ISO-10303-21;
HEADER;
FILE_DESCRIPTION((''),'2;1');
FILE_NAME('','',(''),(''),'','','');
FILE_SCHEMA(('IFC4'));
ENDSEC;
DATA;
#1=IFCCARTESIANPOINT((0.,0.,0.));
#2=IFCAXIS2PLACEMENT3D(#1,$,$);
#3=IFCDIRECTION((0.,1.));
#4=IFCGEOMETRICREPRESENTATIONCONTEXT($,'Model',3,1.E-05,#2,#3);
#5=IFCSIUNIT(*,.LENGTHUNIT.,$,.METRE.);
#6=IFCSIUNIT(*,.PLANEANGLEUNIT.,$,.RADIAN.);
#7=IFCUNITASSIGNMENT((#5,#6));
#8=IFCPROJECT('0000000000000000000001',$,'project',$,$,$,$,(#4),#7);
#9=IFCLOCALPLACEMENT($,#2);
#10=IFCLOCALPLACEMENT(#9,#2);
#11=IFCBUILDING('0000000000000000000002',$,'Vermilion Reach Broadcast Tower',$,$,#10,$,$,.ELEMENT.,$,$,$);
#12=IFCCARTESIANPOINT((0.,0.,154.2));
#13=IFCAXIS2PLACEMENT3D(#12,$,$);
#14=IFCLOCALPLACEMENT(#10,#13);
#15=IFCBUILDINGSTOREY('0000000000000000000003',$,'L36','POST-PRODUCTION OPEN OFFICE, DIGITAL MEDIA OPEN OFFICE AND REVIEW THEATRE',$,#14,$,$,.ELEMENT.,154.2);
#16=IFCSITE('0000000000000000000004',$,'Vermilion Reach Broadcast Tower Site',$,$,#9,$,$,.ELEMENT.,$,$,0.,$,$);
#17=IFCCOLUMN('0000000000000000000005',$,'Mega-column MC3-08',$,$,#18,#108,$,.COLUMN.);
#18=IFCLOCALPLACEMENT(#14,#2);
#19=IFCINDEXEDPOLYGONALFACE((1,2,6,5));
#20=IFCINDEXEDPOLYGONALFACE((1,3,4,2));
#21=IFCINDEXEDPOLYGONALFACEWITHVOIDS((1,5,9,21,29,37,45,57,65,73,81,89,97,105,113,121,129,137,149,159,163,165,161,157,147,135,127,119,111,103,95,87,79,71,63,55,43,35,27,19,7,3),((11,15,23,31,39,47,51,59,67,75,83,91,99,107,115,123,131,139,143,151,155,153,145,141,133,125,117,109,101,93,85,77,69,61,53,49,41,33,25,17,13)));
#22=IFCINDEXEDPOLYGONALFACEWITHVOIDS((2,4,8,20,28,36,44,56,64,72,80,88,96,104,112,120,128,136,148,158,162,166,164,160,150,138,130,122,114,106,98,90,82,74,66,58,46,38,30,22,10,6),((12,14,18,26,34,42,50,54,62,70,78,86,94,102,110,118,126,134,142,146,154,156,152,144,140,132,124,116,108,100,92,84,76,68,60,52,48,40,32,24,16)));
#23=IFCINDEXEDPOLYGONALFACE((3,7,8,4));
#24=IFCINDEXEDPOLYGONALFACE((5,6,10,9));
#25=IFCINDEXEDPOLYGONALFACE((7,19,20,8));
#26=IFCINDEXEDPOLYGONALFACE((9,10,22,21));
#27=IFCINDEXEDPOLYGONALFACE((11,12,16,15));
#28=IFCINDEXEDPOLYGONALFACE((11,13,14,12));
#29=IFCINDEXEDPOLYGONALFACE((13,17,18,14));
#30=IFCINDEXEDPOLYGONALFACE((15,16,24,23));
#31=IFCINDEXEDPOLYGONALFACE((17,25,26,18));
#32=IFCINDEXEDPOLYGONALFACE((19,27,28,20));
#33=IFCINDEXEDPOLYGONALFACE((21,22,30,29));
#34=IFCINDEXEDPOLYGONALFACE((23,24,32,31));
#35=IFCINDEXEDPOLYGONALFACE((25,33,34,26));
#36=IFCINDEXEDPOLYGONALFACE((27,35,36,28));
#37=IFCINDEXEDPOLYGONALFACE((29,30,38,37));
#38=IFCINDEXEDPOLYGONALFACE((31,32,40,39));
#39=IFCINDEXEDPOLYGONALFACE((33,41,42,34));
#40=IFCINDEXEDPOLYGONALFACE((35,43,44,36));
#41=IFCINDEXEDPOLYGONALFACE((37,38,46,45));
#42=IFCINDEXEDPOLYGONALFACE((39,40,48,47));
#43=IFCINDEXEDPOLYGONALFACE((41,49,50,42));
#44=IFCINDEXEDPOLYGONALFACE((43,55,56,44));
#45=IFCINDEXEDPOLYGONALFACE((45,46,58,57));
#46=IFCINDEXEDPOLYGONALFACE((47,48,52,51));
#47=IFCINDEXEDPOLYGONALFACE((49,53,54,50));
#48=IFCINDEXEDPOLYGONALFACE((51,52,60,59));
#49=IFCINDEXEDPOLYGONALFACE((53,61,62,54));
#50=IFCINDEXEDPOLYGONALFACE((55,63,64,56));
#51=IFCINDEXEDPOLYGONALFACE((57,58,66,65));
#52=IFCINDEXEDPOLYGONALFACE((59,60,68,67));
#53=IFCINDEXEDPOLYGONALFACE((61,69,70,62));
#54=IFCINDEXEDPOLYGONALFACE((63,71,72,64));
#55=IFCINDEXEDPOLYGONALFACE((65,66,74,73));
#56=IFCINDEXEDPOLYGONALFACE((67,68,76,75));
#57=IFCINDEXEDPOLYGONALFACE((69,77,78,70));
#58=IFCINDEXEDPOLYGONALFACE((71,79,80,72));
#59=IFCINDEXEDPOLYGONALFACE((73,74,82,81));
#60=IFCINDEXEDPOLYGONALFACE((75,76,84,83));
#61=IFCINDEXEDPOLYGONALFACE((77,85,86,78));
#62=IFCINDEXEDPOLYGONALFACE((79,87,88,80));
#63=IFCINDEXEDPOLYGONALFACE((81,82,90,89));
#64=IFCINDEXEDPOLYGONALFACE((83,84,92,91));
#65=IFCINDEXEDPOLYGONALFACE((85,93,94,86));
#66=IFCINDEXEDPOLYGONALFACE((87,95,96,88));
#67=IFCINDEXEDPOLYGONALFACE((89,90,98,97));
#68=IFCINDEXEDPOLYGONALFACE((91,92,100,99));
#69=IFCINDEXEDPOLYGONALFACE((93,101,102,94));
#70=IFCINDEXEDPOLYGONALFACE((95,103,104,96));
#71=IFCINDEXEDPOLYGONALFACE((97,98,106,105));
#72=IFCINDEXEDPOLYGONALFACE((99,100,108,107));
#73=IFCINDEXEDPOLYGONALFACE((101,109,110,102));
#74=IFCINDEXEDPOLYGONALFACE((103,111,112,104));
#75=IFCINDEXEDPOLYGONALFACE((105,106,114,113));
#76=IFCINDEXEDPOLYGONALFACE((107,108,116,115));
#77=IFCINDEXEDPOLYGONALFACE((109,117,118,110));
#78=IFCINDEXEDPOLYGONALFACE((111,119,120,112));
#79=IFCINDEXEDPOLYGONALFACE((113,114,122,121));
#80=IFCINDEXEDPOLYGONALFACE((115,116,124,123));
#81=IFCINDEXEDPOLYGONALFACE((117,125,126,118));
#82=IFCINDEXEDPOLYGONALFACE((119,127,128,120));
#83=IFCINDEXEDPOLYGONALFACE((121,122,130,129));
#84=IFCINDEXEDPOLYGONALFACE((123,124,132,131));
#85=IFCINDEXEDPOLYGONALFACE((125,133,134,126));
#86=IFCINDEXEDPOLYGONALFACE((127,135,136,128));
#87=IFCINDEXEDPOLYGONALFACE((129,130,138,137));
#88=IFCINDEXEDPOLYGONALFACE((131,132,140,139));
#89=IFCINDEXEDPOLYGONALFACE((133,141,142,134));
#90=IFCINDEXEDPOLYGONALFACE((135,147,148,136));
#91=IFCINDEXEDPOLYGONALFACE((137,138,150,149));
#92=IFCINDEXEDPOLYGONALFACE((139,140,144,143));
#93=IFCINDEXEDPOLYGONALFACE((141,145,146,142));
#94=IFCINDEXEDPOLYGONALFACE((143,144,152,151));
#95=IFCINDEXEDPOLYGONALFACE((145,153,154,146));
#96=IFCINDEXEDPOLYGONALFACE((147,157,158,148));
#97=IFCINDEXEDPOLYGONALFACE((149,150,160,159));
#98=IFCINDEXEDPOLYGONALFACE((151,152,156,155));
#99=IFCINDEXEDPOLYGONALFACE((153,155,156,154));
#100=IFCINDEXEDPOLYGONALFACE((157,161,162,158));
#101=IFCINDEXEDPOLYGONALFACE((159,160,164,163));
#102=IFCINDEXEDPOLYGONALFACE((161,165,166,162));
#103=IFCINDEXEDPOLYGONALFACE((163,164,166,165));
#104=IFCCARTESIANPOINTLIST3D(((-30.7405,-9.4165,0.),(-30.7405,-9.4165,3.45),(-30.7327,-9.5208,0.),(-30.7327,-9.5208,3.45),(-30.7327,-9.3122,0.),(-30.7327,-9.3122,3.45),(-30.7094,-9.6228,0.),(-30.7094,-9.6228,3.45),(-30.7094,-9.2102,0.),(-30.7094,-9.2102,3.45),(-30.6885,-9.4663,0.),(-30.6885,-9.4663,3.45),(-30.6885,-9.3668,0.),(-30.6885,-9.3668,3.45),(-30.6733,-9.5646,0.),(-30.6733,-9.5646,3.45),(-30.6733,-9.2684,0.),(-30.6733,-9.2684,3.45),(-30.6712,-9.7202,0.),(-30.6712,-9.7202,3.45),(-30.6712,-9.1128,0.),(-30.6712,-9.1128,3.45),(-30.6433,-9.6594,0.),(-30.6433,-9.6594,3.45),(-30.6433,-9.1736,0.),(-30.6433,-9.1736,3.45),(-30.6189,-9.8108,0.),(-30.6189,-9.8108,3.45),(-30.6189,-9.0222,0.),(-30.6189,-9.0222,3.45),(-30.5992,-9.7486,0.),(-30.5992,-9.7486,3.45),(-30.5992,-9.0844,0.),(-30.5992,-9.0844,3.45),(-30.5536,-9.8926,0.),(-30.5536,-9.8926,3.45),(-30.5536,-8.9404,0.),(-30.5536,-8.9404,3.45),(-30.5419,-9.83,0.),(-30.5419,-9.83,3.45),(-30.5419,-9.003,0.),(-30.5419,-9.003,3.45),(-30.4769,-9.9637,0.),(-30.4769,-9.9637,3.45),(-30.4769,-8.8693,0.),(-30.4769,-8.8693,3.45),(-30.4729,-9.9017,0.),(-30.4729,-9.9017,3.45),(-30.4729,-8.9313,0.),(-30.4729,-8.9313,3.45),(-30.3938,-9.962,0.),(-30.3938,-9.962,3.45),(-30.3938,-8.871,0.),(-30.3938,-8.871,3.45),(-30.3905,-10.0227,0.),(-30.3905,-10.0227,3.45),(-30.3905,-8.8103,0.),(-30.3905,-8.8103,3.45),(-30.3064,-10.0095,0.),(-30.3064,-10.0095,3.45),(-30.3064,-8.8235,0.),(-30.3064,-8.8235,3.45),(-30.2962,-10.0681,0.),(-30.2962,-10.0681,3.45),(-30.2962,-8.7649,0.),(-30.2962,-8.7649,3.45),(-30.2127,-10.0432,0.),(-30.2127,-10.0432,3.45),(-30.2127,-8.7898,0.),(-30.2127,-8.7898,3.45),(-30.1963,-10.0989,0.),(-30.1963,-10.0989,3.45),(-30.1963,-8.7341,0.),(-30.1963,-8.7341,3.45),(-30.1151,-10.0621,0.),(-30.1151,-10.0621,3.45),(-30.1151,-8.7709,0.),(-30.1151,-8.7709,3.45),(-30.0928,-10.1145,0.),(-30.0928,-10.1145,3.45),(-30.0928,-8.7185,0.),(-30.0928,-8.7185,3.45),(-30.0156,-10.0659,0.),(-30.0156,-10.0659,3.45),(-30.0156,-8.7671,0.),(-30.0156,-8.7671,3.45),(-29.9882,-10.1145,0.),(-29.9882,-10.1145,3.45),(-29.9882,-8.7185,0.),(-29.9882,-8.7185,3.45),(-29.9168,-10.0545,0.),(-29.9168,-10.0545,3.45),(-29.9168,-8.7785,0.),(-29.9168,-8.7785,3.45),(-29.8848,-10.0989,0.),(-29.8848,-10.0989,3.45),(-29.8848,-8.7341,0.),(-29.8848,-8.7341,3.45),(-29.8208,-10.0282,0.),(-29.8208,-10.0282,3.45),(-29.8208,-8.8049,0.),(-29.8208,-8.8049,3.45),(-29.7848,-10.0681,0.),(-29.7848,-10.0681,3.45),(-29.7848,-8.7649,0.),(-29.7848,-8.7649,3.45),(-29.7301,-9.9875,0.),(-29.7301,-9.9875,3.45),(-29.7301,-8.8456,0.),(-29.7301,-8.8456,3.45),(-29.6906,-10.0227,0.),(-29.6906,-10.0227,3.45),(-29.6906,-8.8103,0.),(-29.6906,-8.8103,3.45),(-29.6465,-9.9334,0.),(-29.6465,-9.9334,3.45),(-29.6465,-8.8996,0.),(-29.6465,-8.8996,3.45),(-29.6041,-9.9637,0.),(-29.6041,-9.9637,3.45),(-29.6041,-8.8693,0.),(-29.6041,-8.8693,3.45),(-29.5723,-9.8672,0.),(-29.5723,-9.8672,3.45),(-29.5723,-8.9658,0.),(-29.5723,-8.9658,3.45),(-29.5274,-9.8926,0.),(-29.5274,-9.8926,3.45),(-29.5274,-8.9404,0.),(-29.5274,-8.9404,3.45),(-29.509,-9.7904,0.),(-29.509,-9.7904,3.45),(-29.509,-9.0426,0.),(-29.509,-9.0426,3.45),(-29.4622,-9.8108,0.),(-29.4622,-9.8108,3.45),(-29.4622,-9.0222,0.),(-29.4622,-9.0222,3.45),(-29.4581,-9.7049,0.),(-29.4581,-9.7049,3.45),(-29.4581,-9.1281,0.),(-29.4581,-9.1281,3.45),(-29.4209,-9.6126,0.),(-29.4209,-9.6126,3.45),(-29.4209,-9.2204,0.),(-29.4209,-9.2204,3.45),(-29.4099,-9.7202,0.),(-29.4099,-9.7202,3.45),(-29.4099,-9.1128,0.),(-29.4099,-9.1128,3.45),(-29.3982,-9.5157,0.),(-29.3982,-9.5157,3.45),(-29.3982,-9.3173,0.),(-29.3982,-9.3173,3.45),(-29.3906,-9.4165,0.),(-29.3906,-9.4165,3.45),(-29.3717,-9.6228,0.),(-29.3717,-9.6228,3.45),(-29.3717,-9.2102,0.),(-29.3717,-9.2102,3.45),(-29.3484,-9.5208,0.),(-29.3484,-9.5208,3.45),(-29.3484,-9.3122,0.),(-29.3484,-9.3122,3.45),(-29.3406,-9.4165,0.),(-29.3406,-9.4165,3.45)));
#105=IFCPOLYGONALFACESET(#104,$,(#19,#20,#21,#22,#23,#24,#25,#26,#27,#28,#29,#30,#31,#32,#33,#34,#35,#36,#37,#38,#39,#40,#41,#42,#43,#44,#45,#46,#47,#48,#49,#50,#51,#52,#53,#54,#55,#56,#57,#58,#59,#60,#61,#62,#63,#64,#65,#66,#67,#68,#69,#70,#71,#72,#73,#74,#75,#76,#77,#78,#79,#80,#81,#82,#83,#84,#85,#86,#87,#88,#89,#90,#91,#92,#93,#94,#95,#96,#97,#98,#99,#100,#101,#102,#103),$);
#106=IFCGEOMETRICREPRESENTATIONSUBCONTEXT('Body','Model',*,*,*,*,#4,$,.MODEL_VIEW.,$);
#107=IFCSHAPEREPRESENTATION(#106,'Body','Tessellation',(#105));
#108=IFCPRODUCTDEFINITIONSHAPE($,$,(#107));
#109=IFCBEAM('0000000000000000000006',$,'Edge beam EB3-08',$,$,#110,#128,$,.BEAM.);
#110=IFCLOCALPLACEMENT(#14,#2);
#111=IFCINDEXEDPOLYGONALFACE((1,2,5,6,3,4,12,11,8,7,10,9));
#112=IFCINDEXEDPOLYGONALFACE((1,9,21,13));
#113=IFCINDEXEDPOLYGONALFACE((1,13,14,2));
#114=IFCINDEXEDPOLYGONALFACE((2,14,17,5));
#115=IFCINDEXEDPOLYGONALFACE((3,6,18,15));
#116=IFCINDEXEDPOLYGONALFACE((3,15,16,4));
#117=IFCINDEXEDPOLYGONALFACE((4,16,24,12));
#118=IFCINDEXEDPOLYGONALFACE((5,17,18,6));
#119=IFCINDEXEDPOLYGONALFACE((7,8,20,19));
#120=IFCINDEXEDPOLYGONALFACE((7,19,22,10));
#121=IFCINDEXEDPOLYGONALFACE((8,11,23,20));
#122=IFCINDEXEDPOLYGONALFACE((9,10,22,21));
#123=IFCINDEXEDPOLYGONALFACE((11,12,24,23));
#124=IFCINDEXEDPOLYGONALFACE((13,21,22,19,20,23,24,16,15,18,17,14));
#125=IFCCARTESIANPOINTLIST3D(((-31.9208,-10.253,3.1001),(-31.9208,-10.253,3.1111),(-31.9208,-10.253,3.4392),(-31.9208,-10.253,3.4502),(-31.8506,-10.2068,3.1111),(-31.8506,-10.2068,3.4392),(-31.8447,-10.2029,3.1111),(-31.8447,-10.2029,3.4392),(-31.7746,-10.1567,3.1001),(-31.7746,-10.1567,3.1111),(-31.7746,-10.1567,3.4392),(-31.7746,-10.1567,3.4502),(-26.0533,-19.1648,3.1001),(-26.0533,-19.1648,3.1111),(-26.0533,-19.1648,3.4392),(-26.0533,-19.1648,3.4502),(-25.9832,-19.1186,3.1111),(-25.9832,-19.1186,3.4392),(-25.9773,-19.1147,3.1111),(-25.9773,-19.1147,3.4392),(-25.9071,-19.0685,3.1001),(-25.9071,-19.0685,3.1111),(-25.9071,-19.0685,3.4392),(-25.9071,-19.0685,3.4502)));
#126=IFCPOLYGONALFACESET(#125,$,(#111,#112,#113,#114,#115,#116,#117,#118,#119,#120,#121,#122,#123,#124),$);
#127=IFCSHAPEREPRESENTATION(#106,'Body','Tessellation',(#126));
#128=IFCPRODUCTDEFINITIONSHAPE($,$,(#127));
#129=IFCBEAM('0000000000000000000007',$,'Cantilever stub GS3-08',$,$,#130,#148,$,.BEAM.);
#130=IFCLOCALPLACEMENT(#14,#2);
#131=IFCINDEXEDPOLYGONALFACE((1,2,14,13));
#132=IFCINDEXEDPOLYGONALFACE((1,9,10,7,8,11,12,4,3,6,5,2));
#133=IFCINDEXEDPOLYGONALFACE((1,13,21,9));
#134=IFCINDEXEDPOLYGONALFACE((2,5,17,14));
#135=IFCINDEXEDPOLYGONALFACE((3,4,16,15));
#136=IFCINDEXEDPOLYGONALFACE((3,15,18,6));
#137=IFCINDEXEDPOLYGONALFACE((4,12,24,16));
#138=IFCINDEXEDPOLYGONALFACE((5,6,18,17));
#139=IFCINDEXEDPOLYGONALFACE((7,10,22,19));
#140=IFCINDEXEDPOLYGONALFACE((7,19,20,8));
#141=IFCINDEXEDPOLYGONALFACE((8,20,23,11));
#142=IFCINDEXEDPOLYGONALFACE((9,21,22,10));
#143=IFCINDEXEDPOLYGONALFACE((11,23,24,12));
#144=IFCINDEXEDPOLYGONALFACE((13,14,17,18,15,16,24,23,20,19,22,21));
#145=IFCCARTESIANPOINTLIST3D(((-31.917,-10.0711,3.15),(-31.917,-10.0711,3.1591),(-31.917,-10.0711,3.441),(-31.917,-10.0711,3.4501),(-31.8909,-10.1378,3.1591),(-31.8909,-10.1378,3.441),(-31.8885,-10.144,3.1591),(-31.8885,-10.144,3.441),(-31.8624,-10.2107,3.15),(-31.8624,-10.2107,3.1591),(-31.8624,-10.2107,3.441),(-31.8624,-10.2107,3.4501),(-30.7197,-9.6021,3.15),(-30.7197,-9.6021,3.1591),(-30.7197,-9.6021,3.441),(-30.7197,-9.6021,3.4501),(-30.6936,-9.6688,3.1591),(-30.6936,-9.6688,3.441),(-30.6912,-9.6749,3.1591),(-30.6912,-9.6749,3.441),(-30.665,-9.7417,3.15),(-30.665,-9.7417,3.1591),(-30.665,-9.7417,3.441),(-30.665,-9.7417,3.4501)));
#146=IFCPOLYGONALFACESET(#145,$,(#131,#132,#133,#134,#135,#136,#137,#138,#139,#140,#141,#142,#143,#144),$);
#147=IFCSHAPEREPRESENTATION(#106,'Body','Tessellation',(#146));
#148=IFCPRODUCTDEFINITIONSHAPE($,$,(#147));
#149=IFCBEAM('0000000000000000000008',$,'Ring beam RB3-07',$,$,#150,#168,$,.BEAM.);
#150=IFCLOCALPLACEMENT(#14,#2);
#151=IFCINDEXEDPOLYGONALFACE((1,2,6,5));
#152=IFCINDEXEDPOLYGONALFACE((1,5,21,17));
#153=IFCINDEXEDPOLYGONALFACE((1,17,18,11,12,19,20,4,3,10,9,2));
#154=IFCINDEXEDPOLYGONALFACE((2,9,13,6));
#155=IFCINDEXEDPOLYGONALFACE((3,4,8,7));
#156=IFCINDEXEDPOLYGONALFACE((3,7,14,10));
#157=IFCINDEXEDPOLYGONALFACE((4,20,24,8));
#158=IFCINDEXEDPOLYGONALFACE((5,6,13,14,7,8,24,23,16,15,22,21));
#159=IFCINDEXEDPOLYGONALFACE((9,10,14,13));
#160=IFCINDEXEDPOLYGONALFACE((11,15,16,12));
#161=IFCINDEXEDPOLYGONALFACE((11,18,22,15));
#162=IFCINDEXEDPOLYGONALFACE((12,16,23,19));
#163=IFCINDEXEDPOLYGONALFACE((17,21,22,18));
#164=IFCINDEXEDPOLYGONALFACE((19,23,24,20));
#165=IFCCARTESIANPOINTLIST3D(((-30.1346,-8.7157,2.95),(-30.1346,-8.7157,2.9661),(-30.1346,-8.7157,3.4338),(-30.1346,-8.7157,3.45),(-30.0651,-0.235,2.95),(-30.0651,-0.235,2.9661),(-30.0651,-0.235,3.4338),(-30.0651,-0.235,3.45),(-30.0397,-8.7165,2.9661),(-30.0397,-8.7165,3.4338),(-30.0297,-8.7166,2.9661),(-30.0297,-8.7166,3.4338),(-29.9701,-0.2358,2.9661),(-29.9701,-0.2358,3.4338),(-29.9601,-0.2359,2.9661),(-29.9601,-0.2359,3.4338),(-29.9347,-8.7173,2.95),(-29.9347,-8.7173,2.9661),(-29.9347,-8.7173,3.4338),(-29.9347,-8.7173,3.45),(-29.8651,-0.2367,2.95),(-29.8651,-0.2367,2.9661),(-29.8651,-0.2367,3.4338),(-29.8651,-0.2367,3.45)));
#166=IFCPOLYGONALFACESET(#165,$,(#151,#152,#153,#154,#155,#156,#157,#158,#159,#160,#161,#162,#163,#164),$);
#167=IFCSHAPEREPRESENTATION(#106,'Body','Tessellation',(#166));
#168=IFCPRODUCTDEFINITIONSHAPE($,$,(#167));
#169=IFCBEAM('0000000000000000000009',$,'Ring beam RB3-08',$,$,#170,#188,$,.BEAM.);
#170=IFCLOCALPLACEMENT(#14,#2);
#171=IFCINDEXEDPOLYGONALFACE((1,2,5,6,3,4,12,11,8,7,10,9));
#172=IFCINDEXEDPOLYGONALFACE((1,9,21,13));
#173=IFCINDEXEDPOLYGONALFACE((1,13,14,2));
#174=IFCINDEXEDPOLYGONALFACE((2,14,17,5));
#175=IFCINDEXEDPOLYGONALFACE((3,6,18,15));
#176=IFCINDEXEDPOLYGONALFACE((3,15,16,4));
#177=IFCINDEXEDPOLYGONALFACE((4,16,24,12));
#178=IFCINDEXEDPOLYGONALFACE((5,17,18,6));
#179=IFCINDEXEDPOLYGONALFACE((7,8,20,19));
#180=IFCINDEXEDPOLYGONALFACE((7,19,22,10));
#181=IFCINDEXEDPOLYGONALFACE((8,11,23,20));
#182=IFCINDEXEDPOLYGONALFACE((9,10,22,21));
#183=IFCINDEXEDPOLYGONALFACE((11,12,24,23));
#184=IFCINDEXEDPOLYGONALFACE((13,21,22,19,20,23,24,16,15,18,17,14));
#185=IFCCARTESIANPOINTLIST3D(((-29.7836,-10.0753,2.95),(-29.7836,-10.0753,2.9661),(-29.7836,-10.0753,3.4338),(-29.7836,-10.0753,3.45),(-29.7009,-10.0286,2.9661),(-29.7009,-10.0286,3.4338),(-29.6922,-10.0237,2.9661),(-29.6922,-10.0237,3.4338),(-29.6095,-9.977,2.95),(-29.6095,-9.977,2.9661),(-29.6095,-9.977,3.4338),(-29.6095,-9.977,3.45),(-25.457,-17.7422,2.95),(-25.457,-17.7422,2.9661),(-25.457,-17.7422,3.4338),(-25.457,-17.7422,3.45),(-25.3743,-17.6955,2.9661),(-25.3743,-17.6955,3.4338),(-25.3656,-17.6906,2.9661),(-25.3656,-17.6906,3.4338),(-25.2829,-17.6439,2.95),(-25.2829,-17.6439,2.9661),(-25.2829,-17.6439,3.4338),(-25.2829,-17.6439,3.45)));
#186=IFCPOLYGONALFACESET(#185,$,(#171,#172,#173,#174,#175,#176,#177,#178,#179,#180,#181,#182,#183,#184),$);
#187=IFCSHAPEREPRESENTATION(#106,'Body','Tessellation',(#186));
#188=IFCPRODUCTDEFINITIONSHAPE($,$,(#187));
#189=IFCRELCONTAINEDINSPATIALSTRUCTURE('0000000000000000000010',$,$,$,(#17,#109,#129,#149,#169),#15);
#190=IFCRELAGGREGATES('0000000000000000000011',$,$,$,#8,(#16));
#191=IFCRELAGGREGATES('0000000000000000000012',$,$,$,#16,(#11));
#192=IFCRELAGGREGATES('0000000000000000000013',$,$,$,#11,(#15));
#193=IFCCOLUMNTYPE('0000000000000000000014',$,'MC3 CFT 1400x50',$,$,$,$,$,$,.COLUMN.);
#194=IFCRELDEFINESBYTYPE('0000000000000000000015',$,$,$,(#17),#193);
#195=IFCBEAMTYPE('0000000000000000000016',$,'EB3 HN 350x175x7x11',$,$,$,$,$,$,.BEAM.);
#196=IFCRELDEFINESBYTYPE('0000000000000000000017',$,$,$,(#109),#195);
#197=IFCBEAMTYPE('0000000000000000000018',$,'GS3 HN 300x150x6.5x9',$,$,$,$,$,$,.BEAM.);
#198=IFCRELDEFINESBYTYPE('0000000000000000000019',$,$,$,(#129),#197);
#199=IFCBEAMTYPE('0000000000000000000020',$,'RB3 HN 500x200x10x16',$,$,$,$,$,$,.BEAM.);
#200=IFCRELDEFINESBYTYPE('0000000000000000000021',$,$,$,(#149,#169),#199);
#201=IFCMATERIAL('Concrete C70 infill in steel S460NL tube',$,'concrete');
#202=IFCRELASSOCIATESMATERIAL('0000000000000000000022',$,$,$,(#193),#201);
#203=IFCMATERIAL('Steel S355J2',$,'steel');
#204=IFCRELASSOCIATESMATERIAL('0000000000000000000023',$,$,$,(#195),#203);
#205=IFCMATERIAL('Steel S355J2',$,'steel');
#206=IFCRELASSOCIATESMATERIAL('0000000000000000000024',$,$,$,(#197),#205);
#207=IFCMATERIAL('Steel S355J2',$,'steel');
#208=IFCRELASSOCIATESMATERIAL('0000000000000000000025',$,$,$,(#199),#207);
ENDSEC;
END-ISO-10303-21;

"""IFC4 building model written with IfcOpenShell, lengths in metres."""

from ifc_helpers import new_model, si_unit, direction, frame, origin, origin_2d, place, context, subcontext, project, spatial, hollow_circle, i_section, extrude, material, material_profile, profile_set, type_object, element, save


model = new_model("IFC4")

# Units and contexts
model_context = context("Model", 3, precision=1e-05, world=origin(), true_north=direction((0.0, 1.0)))
body_context = subcontext(model_context, "Body", "Model", "MODEL_VIEW")
ifc_project = project(units=[si_unit("LENGTHUNIT", "METRE"), si_unit("PLANEANGLEUNIT", "RADIAN")], contexts=[model_context])

# Site, building, storey
site_placement = place(None, origin())
site = spatial("IfcSite", under=ifc_project, at=site_placement, Name="Vermilion Reach Broadcast Tower Site", CompositionType="ELEMENT", RefElevation=0.0)
building_placement = place(site_placement, origin())
building = spatial("IfcBuilding", under=site, at=building_placement, Name="Vermilion Reach Broadcast Tower", CompositionType="ELEMENT")
storey_placement = place(building_placement, frame((0.0, 0.0, 154.2)))
storey = spatial("IfcBuildingStorey", under=building, at=storey_placement, Name="L36", Description="POST-PRODUCTION OPEN OFFICE, DIGITAL MEDIA OPEN OFFICE AND REVIEW THEATRE", CompositionType="ELEMENT", Elevation=154.2)

# Column
ifc_material_1 = material(Name="Concrete C70 infill in steel S460NL tube", Category="concrete")
ifc_material_profile_1 = material_profile(ifc_material_1, hollow_circle(Radius=0.7, WallThickness=0.05, at=origin_2d()), Name="Concrete C70 infill in steel S460NL tube CFT 1400x50")
ifc_profile_set_1 = profile_set([ifc_material_profile_1], Name="Concrete C70 infill in steel S460NL tube")
column_type = type_object("IfcColumnType", Name="MC3 CFT 1400x50", PredefinedType="COLUMN", material=ifc_profile_set_1)
column_placement = place(storey_placement, frame((-30.0405, -9.4165, 0.0), z_axis=(0.0, 0.0, 1.0), x_axis=(1.0, 0.0, 0.0)))
element("IfcColumn", 1, at=column_placement, inside=storey, type_object=column_type, Name="Mega-column MC3-08", PredefinedType="COLUMN", context=body_context, shape_type="SweptSolid", body=[
    extrude(hollow_circle(Radius=0.7, WallThickness=0.05, at=origin_2d()), origin(), (0.0, 0.0, 1.0), 3.45),
])

# Beams
ifc_material_2 = material(Name="Steel S355J2", Category="steel")
ifc_material_profile_2 = material_profile(ifc_material_2, i_section(OverallWidth=0.175, OverallDepth=0.3501, WebThickness=0.0071, FlangeThickness=0.011, at=origin_2d()), Name="S355J2 HN 350x175x7x11")
ifc_profile_set_2 = profile_set([ifc_material_profile_2], Name="Steel S355J2")
beam_type_1 = type_object("IfcBeamType", Name="EB3 HN 350x175x7x11", PredefinedType="BEAM", material=ifc_profile_set_2)
beam_1_placement = place(storey_placement, frame((-31.8477, -10.2048, 3.2751), z_axis=(0.549902, -0.835229, 0.0), x_axis=(0.835229, 0.549902, 0.0)))
element("IfcBeam", 2, at=beam_1_placement, inside=storey, type_object=beam_type_1, Name="Edge beam EB3-08", PredefinedType="BEAM", context=body_context, shape_type="SweptSolid", body=[
    extrude(i_section(OverallWidth=0.175, OverallDepth=0.3501, WebThickness=0.0071, FlangeThickness=0.011, at=origin_2d()), origin(), (0.0, 0.0, 1.0), 10.6699),
])
ifc_material_3 = material(Name="Steel S355J2", Category="steel")
ifc_material_profile_3 = material_profile(ifc_material_3, i_section(OverallWidth=0.1499, OverallDepth=0.3, WebThickness=0.0066, FlangeThickness=0.009, at=origin_2d()), Name="S355J2 HN 300x150x6.5x9")
ifc_profile_set_3 = profile_set([ifc_material_profile_3], Name="Steel S355J2")
beam_type_2 = type_object("IfcBeamType", Name="GS3 HN 300x150x6.5x9", PredefinedType="BEAM", material=ifc_profile_set_3)
beam_2_placement = place(storey_placement, frame((-30.6924, -9.6719, 3.3), z_axis=(-0.931111, -0.364736, 0.0), x_axis=(0.364736, -0.931111, 0.0)))
element("IfcBeam", 3, at=beam_2_placement, inside=storey, type_object=beam_type_2, Name="Cantilever stub GS3-08", PredefinedType="BEAM", context=body_context, shape_type="SweptSolid", body=[
    extrude(i_section(OverallWidth=0.1499, OverallDepth=0.3, WebThickness=0.0066, FlangeThickness=0.009, at=origin_2d()), origin(), (0.0, 0.0, 1.0), 1.2859),
])
ifc_material_4 = material(Name="Steel S355J2", Category="steel")
ifc_material_profile_4 = material_profile(ifc_material_4, i_section(OverallWidth=0.2, OverallDepth=0.5, WebThickness=0.01, FlangeThickness=0.0161, at=origin_2d()), Name="S355J2 HN 500x200x10x16")
ifc_profile_set_4 = profile_set([ifc_material_profile_4], Name="Steel S355J2")
beam_type_3 = type_object("IfcBeamType", Name="RB3 HN 500x200x10x16", PredefinedType="BEAM", material=ifc_profile_set_4)
beam_3_placement = place(storey_placement, frame((-29.9651, -0.2358, 3.2), z_axis=(-0.008204, -0.999966, 0.0), x_axis=(0.999966, -0.008204, 0.0)))
element("IfcBeam", 4, at=beam_3_placement, inside=storey, type_object=beam_type_3, Name="Ring beam RB3-07", PredefinedType="BEAM", context=body_context, shape_type="SweptSolid", body=[
    extrude(i_section(OverallWidth=0.2, OverallDepth=0.5, WebThickness=0.01, FlangeThickness=0.0161, at=origin_2d()), origin(), (0.0, 0.0, 1.0), 8.481),
])
beam_4_placement = place(storey_placement, frame((-29.6965, -10.0261, 3.2), z_axis=(0.491467, -0.870896, 0.0), x_axis=(0.870896, 0.491467, 0.0)))
element("IfcBeam", 5, at=beam_4_placement, inside=storey, type_object=beam_type_3, Name="Ring beam RB3-08", PredefinedType="BEAM", context=body_context, shape_type="SweptSolid", body=[
    extrude(i_section(OverallWidth=0.2, OverallDepth=0.5, WebThickness=0.01, FlangeThickness=0.0161, at=origin_2d()), origin(), (0.0, 0.0, 1.0), 8.8035),
])

save(model, "model.ifc")
